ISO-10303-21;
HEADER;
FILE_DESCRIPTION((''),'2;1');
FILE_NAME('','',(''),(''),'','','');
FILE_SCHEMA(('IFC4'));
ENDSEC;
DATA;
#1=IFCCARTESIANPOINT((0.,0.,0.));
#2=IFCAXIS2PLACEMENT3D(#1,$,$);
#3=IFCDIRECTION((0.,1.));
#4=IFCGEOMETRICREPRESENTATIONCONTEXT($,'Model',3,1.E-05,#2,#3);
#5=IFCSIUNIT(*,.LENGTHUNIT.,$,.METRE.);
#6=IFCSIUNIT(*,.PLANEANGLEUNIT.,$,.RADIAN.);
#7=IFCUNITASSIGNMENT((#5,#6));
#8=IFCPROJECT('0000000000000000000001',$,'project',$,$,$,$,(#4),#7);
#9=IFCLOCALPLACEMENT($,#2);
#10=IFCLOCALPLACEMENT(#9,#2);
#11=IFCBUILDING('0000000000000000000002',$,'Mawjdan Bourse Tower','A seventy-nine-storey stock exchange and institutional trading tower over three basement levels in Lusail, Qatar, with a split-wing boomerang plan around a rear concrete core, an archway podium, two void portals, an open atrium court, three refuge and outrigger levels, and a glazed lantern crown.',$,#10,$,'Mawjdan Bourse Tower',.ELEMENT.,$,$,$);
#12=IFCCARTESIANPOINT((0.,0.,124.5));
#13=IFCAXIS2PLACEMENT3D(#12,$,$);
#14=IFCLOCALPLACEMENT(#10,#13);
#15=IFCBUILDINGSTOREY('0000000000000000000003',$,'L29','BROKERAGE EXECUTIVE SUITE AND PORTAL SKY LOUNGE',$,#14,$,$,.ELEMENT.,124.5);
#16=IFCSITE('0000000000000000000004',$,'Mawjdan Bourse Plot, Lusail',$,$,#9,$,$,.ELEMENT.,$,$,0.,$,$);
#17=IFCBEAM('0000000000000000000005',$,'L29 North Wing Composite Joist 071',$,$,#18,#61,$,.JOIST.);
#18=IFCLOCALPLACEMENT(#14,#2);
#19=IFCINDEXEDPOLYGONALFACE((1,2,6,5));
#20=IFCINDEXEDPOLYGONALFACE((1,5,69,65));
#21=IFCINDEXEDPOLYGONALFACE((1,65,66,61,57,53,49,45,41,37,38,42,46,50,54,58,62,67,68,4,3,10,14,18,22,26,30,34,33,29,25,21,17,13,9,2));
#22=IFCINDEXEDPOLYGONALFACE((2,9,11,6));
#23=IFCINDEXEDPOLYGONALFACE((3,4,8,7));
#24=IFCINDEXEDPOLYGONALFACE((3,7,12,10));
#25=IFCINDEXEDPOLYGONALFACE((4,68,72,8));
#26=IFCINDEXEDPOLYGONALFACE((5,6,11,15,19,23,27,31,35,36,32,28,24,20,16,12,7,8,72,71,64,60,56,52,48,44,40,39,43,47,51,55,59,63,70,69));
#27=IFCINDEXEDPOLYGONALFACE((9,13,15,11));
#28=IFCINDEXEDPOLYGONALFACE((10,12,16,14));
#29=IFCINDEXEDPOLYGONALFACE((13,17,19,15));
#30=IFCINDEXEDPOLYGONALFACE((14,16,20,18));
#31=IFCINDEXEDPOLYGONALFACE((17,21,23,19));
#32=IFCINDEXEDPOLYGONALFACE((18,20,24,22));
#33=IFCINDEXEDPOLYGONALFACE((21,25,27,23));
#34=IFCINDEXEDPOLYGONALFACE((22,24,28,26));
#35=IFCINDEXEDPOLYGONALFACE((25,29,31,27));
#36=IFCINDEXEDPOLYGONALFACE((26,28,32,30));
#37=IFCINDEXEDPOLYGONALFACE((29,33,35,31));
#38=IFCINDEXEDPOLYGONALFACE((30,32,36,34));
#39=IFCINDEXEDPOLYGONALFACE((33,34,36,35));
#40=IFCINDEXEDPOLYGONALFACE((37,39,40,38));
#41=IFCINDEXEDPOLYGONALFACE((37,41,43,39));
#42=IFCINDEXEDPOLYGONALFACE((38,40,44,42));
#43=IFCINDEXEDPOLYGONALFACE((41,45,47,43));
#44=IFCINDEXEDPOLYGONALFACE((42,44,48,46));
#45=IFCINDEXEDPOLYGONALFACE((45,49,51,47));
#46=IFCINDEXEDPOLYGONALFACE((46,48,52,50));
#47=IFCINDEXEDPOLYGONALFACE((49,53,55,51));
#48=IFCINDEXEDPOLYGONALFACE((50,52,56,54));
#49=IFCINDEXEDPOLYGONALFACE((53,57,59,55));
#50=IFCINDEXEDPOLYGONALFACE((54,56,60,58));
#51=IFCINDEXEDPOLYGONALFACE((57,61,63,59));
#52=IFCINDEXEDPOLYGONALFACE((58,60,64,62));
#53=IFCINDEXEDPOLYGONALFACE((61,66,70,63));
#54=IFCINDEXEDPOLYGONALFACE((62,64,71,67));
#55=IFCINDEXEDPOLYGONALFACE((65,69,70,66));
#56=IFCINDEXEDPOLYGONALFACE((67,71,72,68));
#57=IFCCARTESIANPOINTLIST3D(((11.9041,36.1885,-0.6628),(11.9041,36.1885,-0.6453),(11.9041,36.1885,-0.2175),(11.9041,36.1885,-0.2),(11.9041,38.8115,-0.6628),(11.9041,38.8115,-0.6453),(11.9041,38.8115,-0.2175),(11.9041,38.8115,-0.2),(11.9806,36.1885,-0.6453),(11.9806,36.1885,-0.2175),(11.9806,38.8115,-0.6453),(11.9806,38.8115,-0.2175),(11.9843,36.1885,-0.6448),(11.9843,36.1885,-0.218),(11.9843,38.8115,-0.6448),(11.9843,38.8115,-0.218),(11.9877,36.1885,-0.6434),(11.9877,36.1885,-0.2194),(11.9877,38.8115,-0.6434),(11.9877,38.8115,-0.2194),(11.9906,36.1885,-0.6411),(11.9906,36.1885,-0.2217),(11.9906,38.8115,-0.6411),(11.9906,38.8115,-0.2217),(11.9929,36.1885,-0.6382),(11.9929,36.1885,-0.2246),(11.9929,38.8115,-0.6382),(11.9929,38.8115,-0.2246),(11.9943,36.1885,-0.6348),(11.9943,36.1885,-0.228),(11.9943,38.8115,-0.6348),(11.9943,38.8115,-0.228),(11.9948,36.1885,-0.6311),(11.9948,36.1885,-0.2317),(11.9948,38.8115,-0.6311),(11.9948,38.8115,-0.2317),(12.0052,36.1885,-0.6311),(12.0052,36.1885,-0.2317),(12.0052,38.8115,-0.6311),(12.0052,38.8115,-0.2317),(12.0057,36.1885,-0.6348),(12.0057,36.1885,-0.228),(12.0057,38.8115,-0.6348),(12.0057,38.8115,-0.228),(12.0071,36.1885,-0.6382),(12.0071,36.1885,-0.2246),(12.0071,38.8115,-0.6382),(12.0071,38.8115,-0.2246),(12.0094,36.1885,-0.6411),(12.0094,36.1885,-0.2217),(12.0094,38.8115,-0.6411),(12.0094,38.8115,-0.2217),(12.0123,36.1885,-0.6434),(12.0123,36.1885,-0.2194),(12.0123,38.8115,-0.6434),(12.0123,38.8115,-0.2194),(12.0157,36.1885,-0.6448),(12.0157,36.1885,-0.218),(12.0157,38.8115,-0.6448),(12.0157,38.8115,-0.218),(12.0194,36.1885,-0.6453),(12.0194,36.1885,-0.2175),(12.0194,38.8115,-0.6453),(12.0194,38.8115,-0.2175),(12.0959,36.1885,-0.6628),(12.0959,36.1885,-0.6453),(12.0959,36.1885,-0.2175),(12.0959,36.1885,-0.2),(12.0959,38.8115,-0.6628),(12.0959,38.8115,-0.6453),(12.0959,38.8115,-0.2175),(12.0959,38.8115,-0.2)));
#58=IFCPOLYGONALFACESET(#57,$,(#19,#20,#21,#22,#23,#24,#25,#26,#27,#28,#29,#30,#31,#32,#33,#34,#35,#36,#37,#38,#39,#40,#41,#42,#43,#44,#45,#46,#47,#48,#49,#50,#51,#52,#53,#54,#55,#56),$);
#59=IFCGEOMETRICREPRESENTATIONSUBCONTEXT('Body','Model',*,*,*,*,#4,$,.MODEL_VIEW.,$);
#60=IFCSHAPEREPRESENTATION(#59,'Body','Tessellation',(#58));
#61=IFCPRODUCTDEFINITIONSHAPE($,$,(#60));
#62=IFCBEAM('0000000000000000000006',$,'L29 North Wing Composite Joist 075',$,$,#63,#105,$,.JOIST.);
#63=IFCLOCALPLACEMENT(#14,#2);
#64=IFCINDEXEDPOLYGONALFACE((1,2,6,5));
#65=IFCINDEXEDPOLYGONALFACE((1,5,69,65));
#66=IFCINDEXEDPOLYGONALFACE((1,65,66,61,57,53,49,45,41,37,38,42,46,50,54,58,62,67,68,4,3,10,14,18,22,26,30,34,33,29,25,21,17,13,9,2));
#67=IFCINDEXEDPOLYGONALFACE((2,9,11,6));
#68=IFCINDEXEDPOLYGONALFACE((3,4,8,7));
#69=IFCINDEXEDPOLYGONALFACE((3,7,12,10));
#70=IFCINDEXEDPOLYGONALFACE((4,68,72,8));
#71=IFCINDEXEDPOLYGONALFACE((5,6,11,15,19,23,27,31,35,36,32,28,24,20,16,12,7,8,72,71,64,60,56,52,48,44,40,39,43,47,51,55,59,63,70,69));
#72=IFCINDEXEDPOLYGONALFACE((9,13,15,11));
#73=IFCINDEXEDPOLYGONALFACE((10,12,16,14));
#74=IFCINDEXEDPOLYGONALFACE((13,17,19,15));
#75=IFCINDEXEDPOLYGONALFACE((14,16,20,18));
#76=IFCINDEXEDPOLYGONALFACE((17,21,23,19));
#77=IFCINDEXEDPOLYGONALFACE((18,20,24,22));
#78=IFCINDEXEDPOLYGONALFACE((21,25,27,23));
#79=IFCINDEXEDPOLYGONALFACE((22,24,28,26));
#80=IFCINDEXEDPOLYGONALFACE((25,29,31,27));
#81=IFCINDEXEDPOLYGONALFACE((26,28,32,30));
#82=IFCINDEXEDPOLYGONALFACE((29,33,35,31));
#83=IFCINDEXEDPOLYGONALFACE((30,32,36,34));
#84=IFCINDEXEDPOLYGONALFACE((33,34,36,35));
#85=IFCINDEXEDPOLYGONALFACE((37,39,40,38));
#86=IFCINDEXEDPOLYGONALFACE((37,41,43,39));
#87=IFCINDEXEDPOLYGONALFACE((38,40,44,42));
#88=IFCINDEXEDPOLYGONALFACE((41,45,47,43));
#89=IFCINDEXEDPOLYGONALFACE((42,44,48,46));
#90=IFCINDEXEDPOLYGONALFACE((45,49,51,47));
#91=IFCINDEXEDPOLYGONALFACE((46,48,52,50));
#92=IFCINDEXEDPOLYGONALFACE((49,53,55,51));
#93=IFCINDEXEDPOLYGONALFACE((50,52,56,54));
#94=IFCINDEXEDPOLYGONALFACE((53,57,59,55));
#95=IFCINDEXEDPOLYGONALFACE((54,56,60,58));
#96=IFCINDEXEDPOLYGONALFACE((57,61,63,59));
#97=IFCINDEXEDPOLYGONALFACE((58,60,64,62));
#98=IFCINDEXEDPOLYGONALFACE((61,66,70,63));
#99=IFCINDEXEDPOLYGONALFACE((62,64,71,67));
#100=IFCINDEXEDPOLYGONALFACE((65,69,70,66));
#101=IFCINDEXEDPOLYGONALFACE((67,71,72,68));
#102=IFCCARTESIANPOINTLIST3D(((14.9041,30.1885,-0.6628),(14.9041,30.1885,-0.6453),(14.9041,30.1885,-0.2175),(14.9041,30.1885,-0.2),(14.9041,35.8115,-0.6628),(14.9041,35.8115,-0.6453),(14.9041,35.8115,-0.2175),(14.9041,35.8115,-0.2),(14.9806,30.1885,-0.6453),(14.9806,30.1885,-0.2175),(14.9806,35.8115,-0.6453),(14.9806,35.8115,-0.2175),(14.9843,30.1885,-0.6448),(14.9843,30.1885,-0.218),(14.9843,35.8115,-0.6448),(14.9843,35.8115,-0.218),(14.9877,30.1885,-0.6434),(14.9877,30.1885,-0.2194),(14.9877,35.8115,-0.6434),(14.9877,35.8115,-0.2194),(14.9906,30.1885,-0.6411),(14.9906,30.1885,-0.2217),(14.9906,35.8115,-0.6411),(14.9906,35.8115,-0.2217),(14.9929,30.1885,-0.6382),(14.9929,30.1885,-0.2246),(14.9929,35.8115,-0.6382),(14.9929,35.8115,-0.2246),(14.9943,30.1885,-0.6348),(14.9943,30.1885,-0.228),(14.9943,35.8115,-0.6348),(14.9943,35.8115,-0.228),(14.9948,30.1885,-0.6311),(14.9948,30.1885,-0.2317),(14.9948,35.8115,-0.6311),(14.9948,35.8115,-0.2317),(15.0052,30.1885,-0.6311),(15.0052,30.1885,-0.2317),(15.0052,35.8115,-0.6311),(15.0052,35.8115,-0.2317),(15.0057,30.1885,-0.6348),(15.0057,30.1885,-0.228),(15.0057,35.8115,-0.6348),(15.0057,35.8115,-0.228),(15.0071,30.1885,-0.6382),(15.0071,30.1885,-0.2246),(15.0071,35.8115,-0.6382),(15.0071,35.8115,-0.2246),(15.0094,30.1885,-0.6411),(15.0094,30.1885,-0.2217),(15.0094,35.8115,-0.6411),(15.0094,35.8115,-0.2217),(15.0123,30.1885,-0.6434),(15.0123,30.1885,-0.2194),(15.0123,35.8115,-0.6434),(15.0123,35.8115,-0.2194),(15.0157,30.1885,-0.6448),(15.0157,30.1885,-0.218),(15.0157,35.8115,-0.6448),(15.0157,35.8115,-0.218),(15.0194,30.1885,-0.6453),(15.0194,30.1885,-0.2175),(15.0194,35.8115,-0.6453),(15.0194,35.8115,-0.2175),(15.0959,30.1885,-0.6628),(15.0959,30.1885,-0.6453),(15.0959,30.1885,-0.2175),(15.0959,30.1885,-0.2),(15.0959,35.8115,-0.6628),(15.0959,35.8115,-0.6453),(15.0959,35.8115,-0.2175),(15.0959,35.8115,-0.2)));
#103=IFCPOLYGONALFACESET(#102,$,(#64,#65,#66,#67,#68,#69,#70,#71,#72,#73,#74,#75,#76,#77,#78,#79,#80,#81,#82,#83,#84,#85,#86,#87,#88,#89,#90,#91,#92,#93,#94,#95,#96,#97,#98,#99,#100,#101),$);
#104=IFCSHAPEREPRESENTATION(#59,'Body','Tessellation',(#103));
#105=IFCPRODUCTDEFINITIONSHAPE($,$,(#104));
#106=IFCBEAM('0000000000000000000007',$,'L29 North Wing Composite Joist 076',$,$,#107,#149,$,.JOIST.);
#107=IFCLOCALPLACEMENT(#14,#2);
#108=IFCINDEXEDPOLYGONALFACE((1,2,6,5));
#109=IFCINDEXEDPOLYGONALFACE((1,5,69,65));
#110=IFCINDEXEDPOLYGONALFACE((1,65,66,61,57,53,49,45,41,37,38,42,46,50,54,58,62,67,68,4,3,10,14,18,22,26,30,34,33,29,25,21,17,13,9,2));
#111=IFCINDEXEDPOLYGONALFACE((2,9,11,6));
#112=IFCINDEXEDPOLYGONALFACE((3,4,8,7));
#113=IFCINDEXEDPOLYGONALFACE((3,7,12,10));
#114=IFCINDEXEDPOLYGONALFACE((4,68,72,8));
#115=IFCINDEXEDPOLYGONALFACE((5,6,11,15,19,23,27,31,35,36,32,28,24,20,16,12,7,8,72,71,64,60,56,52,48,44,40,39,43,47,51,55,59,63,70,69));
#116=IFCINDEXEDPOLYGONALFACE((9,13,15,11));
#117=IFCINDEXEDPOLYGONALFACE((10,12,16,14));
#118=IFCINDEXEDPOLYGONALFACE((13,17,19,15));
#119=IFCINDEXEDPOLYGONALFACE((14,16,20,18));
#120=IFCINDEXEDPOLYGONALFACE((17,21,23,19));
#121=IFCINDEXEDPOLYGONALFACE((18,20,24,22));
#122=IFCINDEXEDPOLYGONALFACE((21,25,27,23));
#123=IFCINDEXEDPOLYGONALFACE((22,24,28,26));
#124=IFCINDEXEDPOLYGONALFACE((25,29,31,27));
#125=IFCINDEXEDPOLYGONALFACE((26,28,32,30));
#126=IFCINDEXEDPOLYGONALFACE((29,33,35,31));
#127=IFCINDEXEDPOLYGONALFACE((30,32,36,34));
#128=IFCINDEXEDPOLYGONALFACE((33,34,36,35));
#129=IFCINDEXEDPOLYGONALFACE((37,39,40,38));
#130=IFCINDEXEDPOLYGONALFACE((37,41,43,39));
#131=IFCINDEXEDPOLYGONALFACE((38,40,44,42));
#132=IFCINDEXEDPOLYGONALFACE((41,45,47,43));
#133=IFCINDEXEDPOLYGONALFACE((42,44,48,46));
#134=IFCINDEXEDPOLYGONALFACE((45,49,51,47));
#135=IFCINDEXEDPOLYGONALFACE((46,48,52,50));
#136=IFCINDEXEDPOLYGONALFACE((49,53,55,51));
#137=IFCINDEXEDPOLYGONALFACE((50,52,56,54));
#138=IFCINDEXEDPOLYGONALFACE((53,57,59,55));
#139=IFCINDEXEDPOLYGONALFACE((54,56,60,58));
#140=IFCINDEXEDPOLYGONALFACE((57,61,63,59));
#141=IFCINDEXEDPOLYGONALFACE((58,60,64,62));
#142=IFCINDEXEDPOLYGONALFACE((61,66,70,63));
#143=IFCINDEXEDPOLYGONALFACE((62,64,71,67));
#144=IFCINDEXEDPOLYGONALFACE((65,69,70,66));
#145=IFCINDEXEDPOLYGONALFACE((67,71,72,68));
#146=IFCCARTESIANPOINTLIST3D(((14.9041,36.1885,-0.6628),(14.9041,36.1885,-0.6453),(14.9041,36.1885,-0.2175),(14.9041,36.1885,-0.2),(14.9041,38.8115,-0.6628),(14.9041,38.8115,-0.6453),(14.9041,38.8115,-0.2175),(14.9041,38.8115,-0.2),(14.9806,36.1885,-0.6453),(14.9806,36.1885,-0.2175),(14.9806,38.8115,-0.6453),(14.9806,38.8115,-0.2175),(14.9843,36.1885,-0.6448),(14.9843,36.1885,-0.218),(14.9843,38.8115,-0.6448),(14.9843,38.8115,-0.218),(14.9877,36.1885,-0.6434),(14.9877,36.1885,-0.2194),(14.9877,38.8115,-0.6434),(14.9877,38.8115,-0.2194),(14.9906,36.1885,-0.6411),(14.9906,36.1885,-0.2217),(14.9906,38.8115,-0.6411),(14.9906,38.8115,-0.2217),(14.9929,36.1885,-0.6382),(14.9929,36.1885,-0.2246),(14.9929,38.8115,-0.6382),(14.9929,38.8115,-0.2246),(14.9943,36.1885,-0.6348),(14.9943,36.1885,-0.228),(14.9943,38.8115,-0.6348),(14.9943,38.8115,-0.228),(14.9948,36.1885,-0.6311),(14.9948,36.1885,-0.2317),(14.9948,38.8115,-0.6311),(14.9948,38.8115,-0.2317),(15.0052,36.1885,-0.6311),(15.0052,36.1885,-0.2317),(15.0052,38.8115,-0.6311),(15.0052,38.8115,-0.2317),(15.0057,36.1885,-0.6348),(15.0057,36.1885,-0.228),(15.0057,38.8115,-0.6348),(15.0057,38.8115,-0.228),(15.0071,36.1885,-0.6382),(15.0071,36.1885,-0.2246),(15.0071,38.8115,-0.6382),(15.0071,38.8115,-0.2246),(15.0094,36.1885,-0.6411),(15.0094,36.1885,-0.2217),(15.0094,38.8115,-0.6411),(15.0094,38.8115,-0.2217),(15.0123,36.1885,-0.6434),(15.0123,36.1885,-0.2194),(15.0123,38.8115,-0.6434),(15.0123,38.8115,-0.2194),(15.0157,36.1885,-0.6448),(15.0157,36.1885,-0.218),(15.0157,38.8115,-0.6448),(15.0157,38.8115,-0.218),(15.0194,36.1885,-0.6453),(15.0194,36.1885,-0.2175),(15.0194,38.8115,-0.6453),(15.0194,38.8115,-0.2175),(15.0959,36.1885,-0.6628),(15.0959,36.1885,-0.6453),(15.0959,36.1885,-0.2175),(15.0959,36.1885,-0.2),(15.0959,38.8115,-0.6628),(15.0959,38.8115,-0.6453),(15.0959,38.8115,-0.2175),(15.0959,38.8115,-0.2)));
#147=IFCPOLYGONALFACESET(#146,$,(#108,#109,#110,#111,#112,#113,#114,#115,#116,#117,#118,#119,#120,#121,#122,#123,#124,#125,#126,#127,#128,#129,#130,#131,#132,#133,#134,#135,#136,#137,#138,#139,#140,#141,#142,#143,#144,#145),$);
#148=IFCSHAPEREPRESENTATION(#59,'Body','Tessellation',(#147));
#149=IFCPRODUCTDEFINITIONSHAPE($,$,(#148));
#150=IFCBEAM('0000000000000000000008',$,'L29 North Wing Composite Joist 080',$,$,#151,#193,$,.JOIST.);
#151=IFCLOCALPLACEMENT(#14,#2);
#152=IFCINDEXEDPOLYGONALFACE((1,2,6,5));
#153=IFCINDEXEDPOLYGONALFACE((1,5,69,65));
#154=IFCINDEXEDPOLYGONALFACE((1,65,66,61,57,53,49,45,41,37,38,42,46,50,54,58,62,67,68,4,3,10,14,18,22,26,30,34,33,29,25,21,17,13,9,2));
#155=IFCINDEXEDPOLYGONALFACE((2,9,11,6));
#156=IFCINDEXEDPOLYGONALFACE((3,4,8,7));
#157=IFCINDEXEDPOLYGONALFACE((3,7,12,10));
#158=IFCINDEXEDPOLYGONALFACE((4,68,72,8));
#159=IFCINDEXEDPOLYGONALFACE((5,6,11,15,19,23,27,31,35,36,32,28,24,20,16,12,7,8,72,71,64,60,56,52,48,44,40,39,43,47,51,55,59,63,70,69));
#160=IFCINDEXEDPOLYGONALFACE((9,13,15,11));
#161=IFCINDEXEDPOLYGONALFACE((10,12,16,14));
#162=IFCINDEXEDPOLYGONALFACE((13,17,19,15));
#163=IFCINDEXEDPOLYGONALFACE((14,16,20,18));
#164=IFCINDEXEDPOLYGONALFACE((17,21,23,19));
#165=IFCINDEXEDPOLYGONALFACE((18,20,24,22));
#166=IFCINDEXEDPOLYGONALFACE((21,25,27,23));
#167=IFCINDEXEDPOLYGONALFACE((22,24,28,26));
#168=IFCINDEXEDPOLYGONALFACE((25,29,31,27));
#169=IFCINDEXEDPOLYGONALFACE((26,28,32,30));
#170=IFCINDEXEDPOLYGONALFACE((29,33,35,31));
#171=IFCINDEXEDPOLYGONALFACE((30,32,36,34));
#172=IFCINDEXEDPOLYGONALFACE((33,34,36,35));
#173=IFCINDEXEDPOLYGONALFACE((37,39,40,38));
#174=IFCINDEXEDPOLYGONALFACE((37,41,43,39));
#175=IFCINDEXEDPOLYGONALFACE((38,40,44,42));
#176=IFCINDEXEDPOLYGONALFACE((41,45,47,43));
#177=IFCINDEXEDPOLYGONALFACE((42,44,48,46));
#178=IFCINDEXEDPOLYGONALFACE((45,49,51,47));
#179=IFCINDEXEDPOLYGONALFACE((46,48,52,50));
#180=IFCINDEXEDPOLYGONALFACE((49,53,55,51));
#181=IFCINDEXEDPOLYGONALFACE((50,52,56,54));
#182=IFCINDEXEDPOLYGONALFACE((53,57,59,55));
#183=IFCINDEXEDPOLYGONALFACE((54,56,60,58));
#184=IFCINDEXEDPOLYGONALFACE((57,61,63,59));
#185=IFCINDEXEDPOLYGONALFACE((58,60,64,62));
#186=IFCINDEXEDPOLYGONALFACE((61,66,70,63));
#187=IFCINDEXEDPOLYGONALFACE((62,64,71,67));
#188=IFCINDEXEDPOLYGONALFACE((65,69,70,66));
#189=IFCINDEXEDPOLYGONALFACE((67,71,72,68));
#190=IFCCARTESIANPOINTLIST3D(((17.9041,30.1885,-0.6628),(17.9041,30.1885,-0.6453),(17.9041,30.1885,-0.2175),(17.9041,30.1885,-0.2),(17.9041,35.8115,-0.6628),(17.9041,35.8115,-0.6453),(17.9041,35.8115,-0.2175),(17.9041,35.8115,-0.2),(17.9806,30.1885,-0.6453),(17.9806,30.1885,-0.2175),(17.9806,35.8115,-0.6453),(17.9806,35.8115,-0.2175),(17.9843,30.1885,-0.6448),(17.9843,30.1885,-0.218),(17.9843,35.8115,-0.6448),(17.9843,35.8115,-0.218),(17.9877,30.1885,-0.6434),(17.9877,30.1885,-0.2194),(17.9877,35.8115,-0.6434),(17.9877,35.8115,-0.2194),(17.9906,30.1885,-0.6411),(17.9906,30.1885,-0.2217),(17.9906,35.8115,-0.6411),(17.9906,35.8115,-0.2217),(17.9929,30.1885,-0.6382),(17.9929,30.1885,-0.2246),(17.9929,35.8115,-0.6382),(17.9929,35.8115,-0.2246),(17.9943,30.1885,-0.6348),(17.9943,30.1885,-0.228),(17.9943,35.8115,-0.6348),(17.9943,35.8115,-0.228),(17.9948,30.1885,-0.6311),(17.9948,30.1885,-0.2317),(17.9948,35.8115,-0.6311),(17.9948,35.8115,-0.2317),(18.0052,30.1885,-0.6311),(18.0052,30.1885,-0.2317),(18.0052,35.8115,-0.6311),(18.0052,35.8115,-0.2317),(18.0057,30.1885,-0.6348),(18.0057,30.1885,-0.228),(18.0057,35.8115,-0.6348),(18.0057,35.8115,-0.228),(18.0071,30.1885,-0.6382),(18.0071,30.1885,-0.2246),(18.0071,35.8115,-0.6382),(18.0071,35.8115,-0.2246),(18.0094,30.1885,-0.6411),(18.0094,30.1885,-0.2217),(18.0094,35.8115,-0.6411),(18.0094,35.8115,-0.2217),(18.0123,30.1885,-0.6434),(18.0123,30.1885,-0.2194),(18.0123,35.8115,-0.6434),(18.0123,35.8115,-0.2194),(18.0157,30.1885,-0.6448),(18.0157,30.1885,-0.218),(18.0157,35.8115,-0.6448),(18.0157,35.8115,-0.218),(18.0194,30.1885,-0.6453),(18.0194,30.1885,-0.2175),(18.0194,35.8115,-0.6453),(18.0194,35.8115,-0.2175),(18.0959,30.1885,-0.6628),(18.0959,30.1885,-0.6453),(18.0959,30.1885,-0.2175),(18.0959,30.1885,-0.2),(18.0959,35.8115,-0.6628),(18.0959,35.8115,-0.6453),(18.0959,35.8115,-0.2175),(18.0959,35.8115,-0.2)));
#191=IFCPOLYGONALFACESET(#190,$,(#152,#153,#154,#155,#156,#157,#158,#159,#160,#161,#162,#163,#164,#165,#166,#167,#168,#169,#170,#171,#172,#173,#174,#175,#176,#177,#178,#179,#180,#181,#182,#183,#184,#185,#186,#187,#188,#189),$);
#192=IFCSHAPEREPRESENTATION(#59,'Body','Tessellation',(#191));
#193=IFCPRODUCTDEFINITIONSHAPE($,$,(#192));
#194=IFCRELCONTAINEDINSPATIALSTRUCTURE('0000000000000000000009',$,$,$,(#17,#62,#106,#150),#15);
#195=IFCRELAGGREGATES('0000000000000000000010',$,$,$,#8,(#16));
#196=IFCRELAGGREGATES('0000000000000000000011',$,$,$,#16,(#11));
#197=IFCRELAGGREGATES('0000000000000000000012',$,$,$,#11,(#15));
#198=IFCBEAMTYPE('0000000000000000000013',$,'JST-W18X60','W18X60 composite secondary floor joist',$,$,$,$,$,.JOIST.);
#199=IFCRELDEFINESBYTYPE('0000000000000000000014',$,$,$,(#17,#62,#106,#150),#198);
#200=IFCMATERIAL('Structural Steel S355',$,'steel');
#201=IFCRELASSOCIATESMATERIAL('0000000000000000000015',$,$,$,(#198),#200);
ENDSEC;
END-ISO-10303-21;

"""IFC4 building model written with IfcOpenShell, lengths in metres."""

from ifc_helpers import new_model, si_unit, direction, frame, origin, origin_2d, place, context, subcontext, project, spatial, i_section, extrude, material, material_profile, profile_set, type_object, element, save


model = new_model("IFC4")

# Units and contexts
model_context = context("Model", 3, precision=1e-05, world=origin(), true_north=direction((0.0, 1.0)))
body_context = subcontext(model_context, "Body", "Model", "MODEL_VIEW")
ifc_project = project(units=[si_unit("LENGTHUNIT", "METRE"), si_unit("PLANEANGLEUNIT", "RADIAN")], contexts=[model_context])

# Site, building, storey
site_placement = place(None, origin())
site = spatial("IfcSite", under=ifc_project, at=site_placement, Name="Mawjdan Bourse Plot, Lusail", CompositionType="ELEMENT", RefElevation=0.0)
building_placement = place(site_placement, origin())
building = spatial("IfcBuilding", under=site, at=building_placement, Name="Mawjdan Bourse Tower", Description="A seventy-nine-storey stock exchange and institutional trading tower over three basement levels in Lusail, Qatar, with a split-wing boomerang plan around a rear concrete core, an archway podium, two void portals, an open atrium court, three refuge and outrigger levels, and a glazed lantern crown.", LongName="Mawjdan Bourse Tower", CompositionType="ELEMENT")
storey_placement = place(building_placement, frame((0.0, 0.0, 124.5)))
storey = spatial("IfcBuildingStorey", under=building, at=storey_placement, Name="L29", Description="BROKERAGE EXECUTIVE SUITE AND PORTAL SKY LOUNGE", CompositionType="ELEMENT", Elevation=124.5)

# Beams
ifc_material_1 = material(Name="Structural Steel S355", Category="steel")
ifc_material_profile_1 = material_profile(ifc_material_1, i_section(OverallWidth=0.1919, OverallDepth=0.4629, WebThickness=0.0105, FlangeThickness=0.0176, FilletRadius=0.0142, at=origin_2d()), Name="W18X60")
ifc_profile_set_1 = profile_set([ifc_material_profile_1], Name="Structural Steel S355")
beam_type_1 = type_object("IfcBeamType", Name="JST-W18X60", Description="W18X60 composite secondary floor joist", PredefinedType="JOIST", material=ifc_profile_set_1)
beam_1_placement = place(storey_placement, frame((12.0, 36.1885, -0.4314), z_axis=(0.0, 1.0, 0.0), x_axis=(-1.0, 0.0, 0.0)))
element("IfcBeam", 1, at=beam_1_placement, inside=storey, type_object=beam_type_1, Name="L29 North Wing Composite Joist 071", PredefinedType="JOIST", context=body_context, shape_type="SweptSolid", body=[
    extrude(i_section(OverallWidth=0.1919, OverallDepth=0.4629, WebThickness=0.0105, FlangeThickness=0.0176, FilletRadius=0.0142, at=origin_2d()), origin(), (0.0, 0.0, 1.0), 2.623),
])
beam_2_placement = place(storey_placement, frame((15.0, 30.1885, -0.4314), z_axis=(0.0, 1.0, 0.0), x_axis=(-1.0, 0.0, 0.0)))
element("IfcBeam", 2, at=beam_2_placement, inside=storey, type_object=beam_type_1, Name="L29 North Wing Composite Joist 075", PredefinedType="JOIST", context=body_context, shape_type="SweptSolid", body=[
    extrude(i_section(OverallWidth=0.1919, OverallDepth=0.4629, WebThickness=0.0105, FlangeThickness=0.0176, FilletRadius=0.0142, at=origin_2d()), origin(), (0.0, 0.0, 1.0), 5.623),
])
beam_3_placement = place(storey_placement, frame((15.0, 36.1885, -0.4314), z_axis=(0.0, 1.0, 0.0), x_axis=(-1.0, 0.0, 0.0)))
element("IfcBeam", 3, at=beam_3_placement, inside=storey, type_object=beam_type_1, Name="L29 North Wing Composite Joist 076", PredefinedType="JOIST", context=body_context, shape_type="SweptSolid", body=[
    extrude(i_section(OverallWidth=0.1919, OverallDepth=0.4629, WebThickness=0.0105, FlangeThickness=0.0176, FilletRadius=0.0142, at=origin_2d()), origin(), (0.0, 0.0, 1.0), 2.623),
])
beam_4_placement = place(storey_placement, frame((18.0, 30.1885, -0.4314), z_axis=(0.0, 1.0, 0.0), x_axis=(-1.0, 0.0, 0.0)))
element("IfcBeam", 4, at=beam_4_placement, inside=storey, type_object=beam_type_1, Name="L29 North Wing Composite Joist 080", PredefinedType="JOIST", context=body_context, shape_type="SweptSolid", body=[
    extrude(i_section(OverallWidth=0.1919, OverallDepth=0.4629, WebThickness=0.0105, FlangeThickness=0.0176, FilletRadius=0.0142, at=origin_2d()), origin(), (0.0, 0.0, 1.0), 5.623),
])

save(model, "model.ifc")
